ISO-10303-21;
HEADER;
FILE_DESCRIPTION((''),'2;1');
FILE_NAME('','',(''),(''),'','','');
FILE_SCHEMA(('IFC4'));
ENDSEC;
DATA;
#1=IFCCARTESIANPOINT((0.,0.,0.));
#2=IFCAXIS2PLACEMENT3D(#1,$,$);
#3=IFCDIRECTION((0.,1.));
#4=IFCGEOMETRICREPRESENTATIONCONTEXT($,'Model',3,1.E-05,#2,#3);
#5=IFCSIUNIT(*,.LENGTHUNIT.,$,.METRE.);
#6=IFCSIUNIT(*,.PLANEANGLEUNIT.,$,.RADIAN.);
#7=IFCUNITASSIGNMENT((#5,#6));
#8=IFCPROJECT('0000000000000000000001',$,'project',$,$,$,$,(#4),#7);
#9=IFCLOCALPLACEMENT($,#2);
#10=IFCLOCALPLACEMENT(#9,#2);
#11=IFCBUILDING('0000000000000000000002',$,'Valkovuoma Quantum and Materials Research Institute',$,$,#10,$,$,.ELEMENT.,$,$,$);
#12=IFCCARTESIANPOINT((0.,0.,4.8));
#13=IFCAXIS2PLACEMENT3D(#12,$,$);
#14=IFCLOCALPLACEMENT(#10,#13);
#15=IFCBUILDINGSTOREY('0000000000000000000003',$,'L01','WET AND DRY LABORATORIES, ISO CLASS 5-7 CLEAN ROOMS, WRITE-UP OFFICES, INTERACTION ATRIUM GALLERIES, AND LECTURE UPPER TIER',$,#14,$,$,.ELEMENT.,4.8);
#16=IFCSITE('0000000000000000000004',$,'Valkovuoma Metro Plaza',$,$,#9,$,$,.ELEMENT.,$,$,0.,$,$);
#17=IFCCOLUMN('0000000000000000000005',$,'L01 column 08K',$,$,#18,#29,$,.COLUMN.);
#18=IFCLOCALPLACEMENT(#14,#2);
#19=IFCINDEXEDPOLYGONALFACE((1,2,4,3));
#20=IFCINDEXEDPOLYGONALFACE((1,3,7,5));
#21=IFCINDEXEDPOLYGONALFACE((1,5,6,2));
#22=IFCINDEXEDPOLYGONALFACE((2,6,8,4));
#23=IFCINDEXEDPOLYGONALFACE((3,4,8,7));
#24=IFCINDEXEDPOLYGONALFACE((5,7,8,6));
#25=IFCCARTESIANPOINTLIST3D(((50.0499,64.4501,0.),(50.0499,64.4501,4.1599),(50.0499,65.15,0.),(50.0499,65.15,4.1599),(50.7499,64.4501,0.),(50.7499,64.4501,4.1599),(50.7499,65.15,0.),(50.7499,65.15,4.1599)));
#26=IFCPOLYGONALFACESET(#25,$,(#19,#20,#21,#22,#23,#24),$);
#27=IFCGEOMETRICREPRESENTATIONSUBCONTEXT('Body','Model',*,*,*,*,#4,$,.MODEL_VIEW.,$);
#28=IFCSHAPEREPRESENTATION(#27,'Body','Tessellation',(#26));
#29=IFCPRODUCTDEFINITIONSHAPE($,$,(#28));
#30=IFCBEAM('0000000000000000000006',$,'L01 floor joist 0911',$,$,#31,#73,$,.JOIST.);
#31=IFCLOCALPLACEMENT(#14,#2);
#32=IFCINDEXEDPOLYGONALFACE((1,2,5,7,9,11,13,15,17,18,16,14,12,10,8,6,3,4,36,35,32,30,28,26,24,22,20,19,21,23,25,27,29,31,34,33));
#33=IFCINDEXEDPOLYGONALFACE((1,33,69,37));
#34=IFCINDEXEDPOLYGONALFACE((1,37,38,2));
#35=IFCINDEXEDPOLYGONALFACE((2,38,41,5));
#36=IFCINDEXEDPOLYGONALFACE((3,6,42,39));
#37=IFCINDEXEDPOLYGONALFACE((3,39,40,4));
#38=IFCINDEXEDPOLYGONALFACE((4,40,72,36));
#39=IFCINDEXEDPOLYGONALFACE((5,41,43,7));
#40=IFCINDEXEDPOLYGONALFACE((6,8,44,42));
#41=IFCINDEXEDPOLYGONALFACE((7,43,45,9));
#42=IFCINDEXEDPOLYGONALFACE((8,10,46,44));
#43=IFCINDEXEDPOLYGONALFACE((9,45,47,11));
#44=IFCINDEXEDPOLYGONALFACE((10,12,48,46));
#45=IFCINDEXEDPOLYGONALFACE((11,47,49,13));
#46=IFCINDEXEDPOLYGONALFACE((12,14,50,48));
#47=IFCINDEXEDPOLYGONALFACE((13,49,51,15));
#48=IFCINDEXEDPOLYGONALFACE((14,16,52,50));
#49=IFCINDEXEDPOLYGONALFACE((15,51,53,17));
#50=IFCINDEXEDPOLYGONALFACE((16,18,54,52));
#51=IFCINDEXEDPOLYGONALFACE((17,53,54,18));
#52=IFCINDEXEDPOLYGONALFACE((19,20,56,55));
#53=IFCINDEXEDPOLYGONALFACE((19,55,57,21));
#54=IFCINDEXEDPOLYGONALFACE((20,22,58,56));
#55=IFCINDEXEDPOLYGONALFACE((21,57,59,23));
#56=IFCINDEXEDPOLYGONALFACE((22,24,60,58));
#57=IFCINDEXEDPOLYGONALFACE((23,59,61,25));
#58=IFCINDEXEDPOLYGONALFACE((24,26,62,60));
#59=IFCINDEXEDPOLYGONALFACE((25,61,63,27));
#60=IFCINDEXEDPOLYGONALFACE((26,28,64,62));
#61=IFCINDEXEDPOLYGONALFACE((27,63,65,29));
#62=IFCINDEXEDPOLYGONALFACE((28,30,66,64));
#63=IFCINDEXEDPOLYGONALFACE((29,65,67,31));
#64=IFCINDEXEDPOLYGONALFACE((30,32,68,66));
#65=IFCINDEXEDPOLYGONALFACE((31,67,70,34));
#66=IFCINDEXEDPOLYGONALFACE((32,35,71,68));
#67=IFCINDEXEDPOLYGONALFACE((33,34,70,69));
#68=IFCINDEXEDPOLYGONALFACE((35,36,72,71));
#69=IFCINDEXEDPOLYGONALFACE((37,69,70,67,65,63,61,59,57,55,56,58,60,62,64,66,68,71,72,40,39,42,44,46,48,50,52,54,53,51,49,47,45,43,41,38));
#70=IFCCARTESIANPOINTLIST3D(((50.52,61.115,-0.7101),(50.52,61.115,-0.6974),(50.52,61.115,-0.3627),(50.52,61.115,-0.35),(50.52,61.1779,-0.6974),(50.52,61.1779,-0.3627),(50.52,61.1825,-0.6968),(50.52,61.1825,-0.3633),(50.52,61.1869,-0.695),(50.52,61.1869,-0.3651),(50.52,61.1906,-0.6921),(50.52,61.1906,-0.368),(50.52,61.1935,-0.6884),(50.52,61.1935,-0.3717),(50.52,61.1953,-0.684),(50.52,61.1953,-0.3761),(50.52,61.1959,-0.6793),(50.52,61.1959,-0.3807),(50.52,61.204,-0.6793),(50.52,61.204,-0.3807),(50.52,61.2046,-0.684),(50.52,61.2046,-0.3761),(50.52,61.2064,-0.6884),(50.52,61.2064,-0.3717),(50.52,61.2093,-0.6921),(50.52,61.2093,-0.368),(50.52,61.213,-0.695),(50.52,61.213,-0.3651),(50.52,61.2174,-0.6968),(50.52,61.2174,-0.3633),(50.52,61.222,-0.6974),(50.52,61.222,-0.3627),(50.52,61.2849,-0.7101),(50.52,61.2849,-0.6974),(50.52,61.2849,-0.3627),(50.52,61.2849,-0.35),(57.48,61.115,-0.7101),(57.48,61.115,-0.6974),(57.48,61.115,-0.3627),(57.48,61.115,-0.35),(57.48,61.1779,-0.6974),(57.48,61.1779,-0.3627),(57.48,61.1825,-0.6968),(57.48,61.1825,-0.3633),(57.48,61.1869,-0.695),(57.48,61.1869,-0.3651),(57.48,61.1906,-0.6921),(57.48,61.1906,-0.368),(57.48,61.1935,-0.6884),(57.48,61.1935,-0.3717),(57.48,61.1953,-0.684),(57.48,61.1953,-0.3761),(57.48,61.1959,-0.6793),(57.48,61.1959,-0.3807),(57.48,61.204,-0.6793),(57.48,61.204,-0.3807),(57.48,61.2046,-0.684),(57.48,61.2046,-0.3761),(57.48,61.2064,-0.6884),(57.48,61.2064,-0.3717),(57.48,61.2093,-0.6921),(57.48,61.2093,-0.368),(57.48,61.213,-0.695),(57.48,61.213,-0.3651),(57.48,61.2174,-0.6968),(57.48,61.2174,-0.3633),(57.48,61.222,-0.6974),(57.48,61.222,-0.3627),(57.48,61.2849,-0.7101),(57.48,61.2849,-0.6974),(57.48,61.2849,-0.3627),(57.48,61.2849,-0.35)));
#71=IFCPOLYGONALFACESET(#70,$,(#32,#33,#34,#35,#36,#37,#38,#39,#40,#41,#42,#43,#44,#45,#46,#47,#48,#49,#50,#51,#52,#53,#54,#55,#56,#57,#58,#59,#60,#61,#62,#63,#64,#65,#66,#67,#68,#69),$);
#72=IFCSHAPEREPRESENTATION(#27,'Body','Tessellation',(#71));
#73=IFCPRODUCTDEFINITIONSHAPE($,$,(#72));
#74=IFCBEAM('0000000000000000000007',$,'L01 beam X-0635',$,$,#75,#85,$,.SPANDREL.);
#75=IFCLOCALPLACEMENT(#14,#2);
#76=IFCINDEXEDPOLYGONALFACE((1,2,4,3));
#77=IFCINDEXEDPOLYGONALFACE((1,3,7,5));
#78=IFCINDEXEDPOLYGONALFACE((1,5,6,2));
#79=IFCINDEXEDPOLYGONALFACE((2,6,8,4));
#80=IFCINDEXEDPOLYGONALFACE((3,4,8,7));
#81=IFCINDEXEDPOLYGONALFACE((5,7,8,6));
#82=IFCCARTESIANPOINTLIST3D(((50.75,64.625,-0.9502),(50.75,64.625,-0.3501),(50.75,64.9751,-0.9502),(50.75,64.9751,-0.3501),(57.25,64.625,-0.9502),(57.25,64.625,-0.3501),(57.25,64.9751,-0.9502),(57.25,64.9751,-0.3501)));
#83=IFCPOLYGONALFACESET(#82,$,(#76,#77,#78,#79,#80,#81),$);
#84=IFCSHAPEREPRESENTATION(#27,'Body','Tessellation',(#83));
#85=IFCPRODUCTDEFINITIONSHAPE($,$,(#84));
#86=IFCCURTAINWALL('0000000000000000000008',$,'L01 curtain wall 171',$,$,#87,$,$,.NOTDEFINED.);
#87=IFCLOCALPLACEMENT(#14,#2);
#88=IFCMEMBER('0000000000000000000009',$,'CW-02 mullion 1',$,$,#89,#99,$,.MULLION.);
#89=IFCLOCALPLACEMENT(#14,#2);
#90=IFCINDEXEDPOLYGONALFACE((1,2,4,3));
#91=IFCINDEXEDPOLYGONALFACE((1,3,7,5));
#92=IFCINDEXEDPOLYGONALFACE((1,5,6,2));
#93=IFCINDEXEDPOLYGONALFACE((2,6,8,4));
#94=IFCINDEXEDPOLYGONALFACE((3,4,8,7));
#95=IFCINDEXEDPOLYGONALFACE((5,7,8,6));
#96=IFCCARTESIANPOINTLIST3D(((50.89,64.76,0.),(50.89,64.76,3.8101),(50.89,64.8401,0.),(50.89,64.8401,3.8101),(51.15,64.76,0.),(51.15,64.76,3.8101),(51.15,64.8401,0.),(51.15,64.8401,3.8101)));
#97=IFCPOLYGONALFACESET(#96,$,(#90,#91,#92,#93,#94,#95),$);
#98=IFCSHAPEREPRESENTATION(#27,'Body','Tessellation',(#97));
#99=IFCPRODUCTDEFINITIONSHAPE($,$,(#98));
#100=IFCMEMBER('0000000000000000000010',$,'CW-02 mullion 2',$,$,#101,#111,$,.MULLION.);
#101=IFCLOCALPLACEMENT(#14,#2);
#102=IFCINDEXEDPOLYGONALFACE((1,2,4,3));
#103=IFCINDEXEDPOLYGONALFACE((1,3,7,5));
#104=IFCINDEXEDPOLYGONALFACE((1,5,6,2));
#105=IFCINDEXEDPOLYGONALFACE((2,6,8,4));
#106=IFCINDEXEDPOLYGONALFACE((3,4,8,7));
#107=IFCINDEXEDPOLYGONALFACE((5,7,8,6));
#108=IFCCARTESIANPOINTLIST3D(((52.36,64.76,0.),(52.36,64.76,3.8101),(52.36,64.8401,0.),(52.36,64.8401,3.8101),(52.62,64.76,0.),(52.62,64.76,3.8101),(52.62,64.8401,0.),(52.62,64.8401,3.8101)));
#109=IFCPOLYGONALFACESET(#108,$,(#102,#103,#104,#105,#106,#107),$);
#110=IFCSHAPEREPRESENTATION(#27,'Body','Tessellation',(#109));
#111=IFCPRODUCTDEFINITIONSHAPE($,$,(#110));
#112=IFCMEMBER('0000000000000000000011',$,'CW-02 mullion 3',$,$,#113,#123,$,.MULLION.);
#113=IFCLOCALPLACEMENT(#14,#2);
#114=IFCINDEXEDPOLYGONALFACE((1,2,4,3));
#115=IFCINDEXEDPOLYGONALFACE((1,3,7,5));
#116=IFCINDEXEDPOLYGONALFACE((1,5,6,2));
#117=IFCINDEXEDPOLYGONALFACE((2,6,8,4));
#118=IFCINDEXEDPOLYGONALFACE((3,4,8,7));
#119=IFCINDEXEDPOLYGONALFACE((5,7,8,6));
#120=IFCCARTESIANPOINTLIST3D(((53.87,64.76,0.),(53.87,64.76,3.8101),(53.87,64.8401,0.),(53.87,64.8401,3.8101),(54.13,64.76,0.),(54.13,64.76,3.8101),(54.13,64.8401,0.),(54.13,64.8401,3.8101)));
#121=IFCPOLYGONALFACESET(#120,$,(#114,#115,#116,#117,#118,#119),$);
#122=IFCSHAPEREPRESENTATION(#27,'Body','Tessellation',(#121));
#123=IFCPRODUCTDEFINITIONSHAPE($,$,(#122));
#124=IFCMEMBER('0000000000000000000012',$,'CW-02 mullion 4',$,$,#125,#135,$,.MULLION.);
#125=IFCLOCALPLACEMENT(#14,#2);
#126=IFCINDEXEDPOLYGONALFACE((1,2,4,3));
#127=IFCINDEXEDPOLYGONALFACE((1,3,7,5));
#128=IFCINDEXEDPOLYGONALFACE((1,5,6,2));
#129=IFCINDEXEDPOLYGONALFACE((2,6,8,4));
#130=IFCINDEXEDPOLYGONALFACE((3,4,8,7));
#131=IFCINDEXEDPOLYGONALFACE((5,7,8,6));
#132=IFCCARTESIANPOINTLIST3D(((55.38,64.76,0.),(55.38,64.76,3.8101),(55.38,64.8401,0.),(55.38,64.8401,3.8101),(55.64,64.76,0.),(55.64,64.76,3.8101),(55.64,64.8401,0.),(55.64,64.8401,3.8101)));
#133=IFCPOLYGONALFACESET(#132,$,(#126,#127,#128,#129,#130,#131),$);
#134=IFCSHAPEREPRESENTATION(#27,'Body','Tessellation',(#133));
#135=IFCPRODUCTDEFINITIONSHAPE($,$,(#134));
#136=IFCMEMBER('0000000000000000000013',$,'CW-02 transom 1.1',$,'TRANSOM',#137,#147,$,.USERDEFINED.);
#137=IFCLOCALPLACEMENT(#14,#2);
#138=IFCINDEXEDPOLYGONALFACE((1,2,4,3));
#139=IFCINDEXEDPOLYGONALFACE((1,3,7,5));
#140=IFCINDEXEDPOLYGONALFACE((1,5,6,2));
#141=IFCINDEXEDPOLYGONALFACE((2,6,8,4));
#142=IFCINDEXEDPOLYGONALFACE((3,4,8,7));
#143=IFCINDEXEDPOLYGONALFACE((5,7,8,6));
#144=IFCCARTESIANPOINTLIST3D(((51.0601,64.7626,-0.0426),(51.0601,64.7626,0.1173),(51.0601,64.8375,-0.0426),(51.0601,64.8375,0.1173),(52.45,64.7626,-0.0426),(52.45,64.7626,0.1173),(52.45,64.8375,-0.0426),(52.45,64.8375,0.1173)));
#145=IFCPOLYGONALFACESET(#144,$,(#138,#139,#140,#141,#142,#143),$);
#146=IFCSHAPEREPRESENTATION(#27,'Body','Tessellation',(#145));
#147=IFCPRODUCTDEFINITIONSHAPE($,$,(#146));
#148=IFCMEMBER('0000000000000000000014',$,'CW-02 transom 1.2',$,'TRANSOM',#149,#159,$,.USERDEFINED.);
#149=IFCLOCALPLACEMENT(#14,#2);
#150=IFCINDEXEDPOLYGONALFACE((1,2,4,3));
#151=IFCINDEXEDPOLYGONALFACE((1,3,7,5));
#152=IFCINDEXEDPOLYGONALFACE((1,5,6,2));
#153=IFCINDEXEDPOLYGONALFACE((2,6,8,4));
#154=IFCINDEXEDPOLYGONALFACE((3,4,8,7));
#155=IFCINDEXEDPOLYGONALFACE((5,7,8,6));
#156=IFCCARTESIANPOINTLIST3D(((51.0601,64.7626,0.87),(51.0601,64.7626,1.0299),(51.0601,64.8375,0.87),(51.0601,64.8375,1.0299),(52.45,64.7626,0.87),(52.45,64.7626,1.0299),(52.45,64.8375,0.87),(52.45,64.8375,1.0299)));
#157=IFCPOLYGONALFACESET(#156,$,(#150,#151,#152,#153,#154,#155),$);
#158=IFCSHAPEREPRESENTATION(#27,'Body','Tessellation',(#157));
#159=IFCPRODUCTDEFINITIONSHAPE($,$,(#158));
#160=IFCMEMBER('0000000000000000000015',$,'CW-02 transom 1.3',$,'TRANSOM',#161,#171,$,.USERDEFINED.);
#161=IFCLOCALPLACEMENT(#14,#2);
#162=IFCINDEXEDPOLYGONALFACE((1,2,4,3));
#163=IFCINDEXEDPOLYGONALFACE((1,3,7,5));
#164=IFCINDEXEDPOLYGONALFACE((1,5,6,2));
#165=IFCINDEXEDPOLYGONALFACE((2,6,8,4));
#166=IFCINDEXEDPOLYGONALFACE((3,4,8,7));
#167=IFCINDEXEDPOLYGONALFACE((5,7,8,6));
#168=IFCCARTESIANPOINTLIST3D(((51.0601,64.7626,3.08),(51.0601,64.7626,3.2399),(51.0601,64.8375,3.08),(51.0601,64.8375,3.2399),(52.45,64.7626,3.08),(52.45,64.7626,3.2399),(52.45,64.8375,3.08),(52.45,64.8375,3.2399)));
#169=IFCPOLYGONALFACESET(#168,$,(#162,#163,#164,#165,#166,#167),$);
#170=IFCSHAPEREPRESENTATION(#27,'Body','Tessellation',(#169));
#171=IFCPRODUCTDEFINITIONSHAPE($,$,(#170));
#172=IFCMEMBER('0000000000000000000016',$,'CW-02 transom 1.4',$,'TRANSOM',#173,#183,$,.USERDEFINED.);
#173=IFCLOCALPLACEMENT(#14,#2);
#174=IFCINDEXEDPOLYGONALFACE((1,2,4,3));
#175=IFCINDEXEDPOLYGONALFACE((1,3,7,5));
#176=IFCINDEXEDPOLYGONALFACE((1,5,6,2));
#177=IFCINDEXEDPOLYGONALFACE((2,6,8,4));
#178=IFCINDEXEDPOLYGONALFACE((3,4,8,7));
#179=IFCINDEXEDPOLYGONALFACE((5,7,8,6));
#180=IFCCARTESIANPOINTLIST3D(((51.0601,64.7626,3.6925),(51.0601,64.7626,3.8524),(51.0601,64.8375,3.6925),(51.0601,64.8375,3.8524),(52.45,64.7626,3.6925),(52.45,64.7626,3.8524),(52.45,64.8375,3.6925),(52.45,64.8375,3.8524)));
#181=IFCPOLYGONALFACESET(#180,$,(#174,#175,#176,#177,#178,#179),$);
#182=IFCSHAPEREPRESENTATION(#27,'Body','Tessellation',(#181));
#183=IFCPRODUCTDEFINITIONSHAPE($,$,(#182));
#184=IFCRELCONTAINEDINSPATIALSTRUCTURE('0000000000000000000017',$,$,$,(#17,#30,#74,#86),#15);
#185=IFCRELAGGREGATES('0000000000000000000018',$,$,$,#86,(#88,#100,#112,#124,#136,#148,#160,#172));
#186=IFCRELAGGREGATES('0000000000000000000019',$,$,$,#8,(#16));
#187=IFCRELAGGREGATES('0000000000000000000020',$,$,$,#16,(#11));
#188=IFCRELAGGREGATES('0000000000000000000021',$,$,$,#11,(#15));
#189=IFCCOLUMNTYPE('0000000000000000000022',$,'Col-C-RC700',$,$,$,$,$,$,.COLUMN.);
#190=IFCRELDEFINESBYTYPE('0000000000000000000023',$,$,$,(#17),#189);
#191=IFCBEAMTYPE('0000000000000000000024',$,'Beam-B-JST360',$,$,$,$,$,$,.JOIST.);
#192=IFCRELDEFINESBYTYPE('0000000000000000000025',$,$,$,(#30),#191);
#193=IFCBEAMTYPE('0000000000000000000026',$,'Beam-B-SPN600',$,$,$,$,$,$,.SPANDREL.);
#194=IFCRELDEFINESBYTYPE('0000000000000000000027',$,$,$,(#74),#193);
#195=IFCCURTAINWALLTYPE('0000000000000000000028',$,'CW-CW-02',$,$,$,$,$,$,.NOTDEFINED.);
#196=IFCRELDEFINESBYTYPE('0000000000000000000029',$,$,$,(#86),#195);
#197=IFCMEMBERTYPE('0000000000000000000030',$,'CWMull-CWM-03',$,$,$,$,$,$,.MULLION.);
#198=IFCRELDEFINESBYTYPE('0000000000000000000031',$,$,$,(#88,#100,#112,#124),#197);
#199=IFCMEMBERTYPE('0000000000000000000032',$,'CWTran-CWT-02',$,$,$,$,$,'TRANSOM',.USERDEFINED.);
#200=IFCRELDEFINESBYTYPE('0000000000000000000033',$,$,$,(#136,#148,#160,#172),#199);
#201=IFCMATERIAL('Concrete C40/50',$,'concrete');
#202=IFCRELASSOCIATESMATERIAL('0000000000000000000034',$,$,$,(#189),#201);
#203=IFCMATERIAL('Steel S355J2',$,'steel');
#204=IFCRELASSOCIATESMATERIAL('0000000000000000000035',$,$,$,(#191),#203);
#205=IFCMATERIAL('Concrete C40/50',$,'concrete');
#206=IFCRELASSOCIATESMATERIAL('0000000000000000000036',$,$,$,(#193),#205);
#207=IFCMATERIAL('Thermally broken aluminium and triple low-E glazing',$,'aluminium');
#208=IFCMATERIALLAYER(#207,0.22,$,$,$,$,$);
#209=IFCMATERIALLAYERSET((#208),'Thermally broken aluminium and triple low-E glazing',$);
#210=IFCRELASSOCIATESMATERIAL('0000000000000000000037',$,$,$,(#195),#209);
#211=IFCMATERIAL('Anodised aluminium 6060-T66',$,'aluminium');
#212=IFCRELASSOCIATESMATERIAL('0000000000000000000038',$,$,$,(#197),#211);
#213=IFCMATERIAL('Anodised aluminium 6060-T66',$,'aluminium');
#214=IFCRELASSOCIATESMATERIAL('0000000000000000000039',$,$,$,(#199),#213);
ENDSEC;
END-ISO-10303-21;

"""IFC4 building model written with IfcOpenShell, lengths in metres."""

from ifc_helpers import new_model, si_unit, direction, frame, origin, origin_2d, place, context, subcontext, project, spatial, rectangle, i_section, extrude, material, layer, layer_set, material_profile, profile_set, type_object, element, aggregate, save


model = new_model("IFC4")

# Units and contexts
model_context = context("Model", 3, precision=1e-05, world=origin(), true_north=direction((0.0, 1.0)))
body_context = subcontext(model_context, "Body", "Model", "MODEL_VIEW")
ifc_project = project(units=[si_unit("LENGTHUNIT", "METRE"), si_unit("PLANEANGLEUNIT", "RADIAN")], contexts=[model_context])

# Site, building, storey
site_placement = place(None, origin())
site = spatial("IfcSite", under=ifc_project, at=site_placement, Name="Valkovuoma Metro Plaza", CompositionType="ELEMENT", RefElevation=0.0)
building_placement = place(site_placement, origin())
building = spatial("IfcBuilding", under=site, at=building_placement, Name="Valkovuoma Quantum and Materials Research Institute", CompositionType="ELEMENT")
storey_placement = place(building_placement, frame((0.0, 0.0, 4.8)))
storey = spatial("IfcBuildingStorey", under=building, at=storey_placement, Name="L01", Description="WET AND DRY LABORATORIES, ISO CLASS 5-7 CLEAN ROOMS, WRITE-UP OFFICES, INTERACTION ATRIUM GALLERIES, AND LECTURE UPPER TIER", CompositionType="ELEMENT", Elevation=4.8)

# Column
ifc_material_1 = material(Name="Concrete C40/50", Category="concrete")
ifc_material_profile_1 = material_profile(ifc_material_1, rectangle(XDim=0.7, YDim=0.7, at=origin_2d()), Name="Concrete C40/50")
ifc_profile_set_1 = profile_set([ifc_material_profile_1], Name="Concrete C40/50")
column_type = type_object("IfcColumnType", Name="Col-C-RC700", PredefinedType="COLUMN", material=ifc_profile_set_1)
column_placement = place(storey_placement, frame((50.3999, 64.8, 0.0), z_axis=(0.0, 0.0, 1.0), x_axis=(1.0, 0.0, 0.0)))
element("IfcColumn", 1, at=column_placement, inside=storey, type_object=column_type, Name="L01 column 08K", PredefinedType="COLUMN", context=body_context, shape_type="SweptSolid", body=[
    extrude(rectangle(XDim=0.7, YDim=0.7, at=origin_2d()), origin(), (0.0, 0.0, 1.0), 4.1599),
])

# Beams
ifc_material_2 = material(Name="Steel S355J2", Category="steel")
ifc_material_profile_2 = material_profile(ifc_material_2, i_section(OverallWidth=0.1699, OverallDepth=0.3601, WebThickness=0.0081, FlangeThickness=0.0127, FilletRadius=0.0181, at=origin_2d()), Name="Steel S355J2")
ifc_profile_set_2 = profile_set([ifc_material_profile_2], Name="Steel S355J2")
beam_type_1 = type_object("IfcBeamType", Name="Beam-B-JST360", PredefinedType="JOIST", material=ifc_profile_set_2)
beam_1_placement = place(storey_placement, frame((50.52, 61.2, -0.53), z_axis=(1.0, 0.0, 0.0), x_axis=(0.0, 1.0, 0.0)))
element("IfcBeam", 2, at=beam_1_placement, inside=storey, type_object=beam_type_1, Name="L01 floor joist 0911", PredefinedType="JOIST", context=body_context, shape_type="SweptSolid", body=[
    extrude(i_section(OverallWidth=0.1699, OverallDepth=0.3601, WebThickness=0.0081, FlangeThickness=0.0127, FilletRadius=0.0181, at=origin_2d()), origin(), (0.0, 0.0, 1.0), 6.96),
])
ifc_material_3 = material(Name="Concrete C40/50", Category="concrete")
ifc_material_profile_3 = material_profile(ifc_material_3, rectangle(XDim=0.3501, YDim=0.6001, at=origin_2d()), Name="Concrete C40/50")
ifc_profile_set_3 = profile_set([ifc_material_profile_3], Name="Concrete C40/50")
beam_type_2 = type_object("IfcBeamType", Name="Beam-B-SPN600", PredefinedType="SPANDREL", material=ifc_profile_set_3)
beam_2_placement = place(storey_placement, frame((50.75, 64.8, -0.6501), z_axis=(1.0, 0.0, 0.0), x_axis=(0.0, 1.0, 0.0)))
element("IfcBeam", 3, at=beam_2_placement, inside=storey, type_object=beam_type_2, Name="L01 beam X-0635", PredefinedType="SPANDREL", context=body_context, shape_type="SweptSolid", body=[
    extrude(rectangle(XDim=0.3501, YDim=0.6001, at=origin_2d()), origin(), (0.0, 0.0, 1.0), 6.5),
])

# Curtain wall, members
ifc_material_4 = material(Name="Thermally broken aluminium and triple low-E glazing", Category="aluminium")
ifc_layer_1 = layer(ifc_material_4, 0.22)
ifc_layer_set_1 = layer_set([ifc_layer_1], Name="Thermally broken aluminium and triple low-E glazing")
curtain_wall_type = type_object("IfcCurtainWallType", Name="CW-CW-02", PredefinedType="NOTDEFINED", material=ifc_layer_set_1)
curtain_wall_placement = place(storey_placement, origin())
curtain_wall = element("IfcCurtainWall", 4, at=curtain_wall_placement, inside=storey, type_object=curtain_wall_type, Name="L01 curtain wall 171", PredefinedType="NOTDEFINED")
ifc_material_5 = material(Name="Anodised aluminium 6060-T66", Category="aluminium")
ifc_material_profile_4 = material_profile(ifc_material_5, rectangle(XDim=0.0801, YDim=0.26, at=origin_2d()), Name="Anodised aluminium 6060-T66")
ifc_profile_set_4 = profile_set([ifc_material_profile_4], Name="Anodised aluminium 6060-T66")
member_type_1 = type_object("IfcMemberType", Name="CWMull-CWM-03", PredefinedType="MULLION", material=ifc_profile_set_4)
member_1_placement = place(storey_placement, frame((51.02, 64.8, 0.0), z_axis=(0.0, 0.0, 1.0), x_axis=(0.0, 1.0, 0.0)))
member_1 = element("IfcMember", 5, at=member_1_placement, type_object=member_type_1, Name="CW-02 mullion 1", PredefinedType="MULLION", context=body_context, shape_type="SweptSolid", body=[
    extrude(rectangle(XDim=0.0801, YDim=0.26, at=origin_2d()), origin(), (0.0, 0.0, 1.0), 3.8101),
])
member_2_placement = place(storey_placement, frame((52.49, 64.8, 0.0), z_axis=(0.0, 0.0, 1.0), x_axis=(0.0, 1.0, 0.0)))
member_2 = element("IfcMember", 6, at=member_2_placement, type_object=member_type_1, Name="CW-02 mullion 2", PredefinedType="MULLION", context=body_context, shape_type="SweptSolid", body=[
    extrude(rectangle(XDim=0.0801, YDim=0.26, at=origin_2d()), origin(), (0.0, 0.0, 1.0), 3.8101),
])
member_3_placement = place(storey_placement, frame((54.0, 64.8, 0.0), z_axis=(0.0, 0.0, 1.0), x_axis=(0.0, 1.0, 0.0)))
member_3 = element("IfcMember", 7, at=member_3_placement, type_object=member_type_1, Name="CW-02 mullion 3", PredefinedType="MULLION", context=body_context, shape_type="SweptSolid", body=[
    extrude(rectangle(XDim=0.0801, YDim=0.26, at=origin_2d()), origin(), (0.0, 0.0, 1.0), 3.8101),
])
member_4_placement = place(storey_placement, frame((55.51, 64.8, 0.0), z_axis=(0.0, 0.0, 1.0), x_axis=(0.0, 1.0, 0.0)))
member_4 = element("IfcMember", 8, at=member_4_placement, type_object=member_type_1, Name="CW-02 mullion 4", PredefinedType="MULLION", context=body_context, shape_type="SweptSolid", body=[
    extrude(rectangle(XDim=0.0801, YDim=0.26, at=origin_2d()), origin(), (0.0, 0.0, 1.0), 3.8101),
])
ifc_material_6 = material(Name="Anodised aluminium 6060-T66", Category="aluminium")
ifc_material_profile_5 = material_profile(ifc_material_6, rectangle(XDim=0.075, YDim=0.1599, at=origin_2d()), Name="Anodised aluminium 6060-T66")
ifc_profile_set_5 = profile_set([ifc_material_profile_5], Name="Anodised aluminium 6060-T66")
member_type_2 = type_object("IfcMemberType", Name="CWTran-CWT-02", ElementType="TRANSOM", PredefinedType="USERDEFINED", material=ifc_profile_set_5)
member_5_placement = place(storey_placement, frame((51.0601, 64.8, 0.0374), z_axis=(1.0, 0.0, 0.0), x_axis=(0.0, 1.0, 0.0)))
member_5 = element("IfcMember", 9, at=member_5_placement, type_object=member_type_2, Name="CW-02 transom 1.1", ObjectType="TRANSOM", PredefinedType="USERDEFINED", context=body_context, shape_type="SweptSolid", body=[
    extrude(rectangle(XDim=0.075, YDim=0.1599, at=origin_2d()), origin(), (0.0, 0.0, 1.0), 1.3899),
])
member_6_placement = place(storey_placement, frame((51.0601, 64.8, 0.95), z_axis=(1.0, 0.0, 0.0), x_axis=(0.0, 1.0, 0.0)))
member_6 = element("IfcMember", 10, at=member_6_placement, type_object=member_type_2, Name="CW-02 transom 1.2", ObjectType="TRANSOM", PredefinedType="USERDEFINED", context=body_context, shape_type="SweptSolid", body=[
    extrude(rectangle(XDim=0.075, YDim=0.1599, at=origin_2d()), origin(), (0.0, 0.0, 1.0), 1.3899),
])
member_7_placement = place(storey_placement, frame((51.0601, 64.8, 3.1599), z_axis=(1.0, 0.0, 0.0), x_axis=(0.0, 1.0, 0.0)))
member_7 = element("IfcMember", 11, at=member_7_placement, type_object=member_type_2, Name="CW-02 transom 1.3", ObjectType="TRANSOM", PredefinedType="USERDEFINED", context=body_context, shape_type="SweptSolid", body=[
    extrude(rectangle(XDim=0.075, YDim=0.1599, at=origin_2d()), origin(), (0.0, 0.0, 1.0), 1.3899),
])
member_8_placement = place(storey_placement, frame((51.0601, 64.8, 3.7725), z_axis=(1.0, 0.0, 0.0), x_axis=(0.0, 1.0, 0.0)))
member_8 = element("IfcMember", 12, at=member_8_placement, type_object=member_type_2, Name="CW-02 transom 1.4", ObjectType="TRANSOM", PredefinedType="USERDEFINED", context=body_context, shape_type="SweptSolid", body=[
    extrude(rectangle(XDim=0.075, YDim=0.1599, at=origin_2d()), origin(), (0.0, 0.0, 1.0), 1.3899),
])
aggregate(curtain_wall, [member_1, member_2, member_3, member_4, member_5, member_6, member_7, member_8])

save(model, "model.ifc")
